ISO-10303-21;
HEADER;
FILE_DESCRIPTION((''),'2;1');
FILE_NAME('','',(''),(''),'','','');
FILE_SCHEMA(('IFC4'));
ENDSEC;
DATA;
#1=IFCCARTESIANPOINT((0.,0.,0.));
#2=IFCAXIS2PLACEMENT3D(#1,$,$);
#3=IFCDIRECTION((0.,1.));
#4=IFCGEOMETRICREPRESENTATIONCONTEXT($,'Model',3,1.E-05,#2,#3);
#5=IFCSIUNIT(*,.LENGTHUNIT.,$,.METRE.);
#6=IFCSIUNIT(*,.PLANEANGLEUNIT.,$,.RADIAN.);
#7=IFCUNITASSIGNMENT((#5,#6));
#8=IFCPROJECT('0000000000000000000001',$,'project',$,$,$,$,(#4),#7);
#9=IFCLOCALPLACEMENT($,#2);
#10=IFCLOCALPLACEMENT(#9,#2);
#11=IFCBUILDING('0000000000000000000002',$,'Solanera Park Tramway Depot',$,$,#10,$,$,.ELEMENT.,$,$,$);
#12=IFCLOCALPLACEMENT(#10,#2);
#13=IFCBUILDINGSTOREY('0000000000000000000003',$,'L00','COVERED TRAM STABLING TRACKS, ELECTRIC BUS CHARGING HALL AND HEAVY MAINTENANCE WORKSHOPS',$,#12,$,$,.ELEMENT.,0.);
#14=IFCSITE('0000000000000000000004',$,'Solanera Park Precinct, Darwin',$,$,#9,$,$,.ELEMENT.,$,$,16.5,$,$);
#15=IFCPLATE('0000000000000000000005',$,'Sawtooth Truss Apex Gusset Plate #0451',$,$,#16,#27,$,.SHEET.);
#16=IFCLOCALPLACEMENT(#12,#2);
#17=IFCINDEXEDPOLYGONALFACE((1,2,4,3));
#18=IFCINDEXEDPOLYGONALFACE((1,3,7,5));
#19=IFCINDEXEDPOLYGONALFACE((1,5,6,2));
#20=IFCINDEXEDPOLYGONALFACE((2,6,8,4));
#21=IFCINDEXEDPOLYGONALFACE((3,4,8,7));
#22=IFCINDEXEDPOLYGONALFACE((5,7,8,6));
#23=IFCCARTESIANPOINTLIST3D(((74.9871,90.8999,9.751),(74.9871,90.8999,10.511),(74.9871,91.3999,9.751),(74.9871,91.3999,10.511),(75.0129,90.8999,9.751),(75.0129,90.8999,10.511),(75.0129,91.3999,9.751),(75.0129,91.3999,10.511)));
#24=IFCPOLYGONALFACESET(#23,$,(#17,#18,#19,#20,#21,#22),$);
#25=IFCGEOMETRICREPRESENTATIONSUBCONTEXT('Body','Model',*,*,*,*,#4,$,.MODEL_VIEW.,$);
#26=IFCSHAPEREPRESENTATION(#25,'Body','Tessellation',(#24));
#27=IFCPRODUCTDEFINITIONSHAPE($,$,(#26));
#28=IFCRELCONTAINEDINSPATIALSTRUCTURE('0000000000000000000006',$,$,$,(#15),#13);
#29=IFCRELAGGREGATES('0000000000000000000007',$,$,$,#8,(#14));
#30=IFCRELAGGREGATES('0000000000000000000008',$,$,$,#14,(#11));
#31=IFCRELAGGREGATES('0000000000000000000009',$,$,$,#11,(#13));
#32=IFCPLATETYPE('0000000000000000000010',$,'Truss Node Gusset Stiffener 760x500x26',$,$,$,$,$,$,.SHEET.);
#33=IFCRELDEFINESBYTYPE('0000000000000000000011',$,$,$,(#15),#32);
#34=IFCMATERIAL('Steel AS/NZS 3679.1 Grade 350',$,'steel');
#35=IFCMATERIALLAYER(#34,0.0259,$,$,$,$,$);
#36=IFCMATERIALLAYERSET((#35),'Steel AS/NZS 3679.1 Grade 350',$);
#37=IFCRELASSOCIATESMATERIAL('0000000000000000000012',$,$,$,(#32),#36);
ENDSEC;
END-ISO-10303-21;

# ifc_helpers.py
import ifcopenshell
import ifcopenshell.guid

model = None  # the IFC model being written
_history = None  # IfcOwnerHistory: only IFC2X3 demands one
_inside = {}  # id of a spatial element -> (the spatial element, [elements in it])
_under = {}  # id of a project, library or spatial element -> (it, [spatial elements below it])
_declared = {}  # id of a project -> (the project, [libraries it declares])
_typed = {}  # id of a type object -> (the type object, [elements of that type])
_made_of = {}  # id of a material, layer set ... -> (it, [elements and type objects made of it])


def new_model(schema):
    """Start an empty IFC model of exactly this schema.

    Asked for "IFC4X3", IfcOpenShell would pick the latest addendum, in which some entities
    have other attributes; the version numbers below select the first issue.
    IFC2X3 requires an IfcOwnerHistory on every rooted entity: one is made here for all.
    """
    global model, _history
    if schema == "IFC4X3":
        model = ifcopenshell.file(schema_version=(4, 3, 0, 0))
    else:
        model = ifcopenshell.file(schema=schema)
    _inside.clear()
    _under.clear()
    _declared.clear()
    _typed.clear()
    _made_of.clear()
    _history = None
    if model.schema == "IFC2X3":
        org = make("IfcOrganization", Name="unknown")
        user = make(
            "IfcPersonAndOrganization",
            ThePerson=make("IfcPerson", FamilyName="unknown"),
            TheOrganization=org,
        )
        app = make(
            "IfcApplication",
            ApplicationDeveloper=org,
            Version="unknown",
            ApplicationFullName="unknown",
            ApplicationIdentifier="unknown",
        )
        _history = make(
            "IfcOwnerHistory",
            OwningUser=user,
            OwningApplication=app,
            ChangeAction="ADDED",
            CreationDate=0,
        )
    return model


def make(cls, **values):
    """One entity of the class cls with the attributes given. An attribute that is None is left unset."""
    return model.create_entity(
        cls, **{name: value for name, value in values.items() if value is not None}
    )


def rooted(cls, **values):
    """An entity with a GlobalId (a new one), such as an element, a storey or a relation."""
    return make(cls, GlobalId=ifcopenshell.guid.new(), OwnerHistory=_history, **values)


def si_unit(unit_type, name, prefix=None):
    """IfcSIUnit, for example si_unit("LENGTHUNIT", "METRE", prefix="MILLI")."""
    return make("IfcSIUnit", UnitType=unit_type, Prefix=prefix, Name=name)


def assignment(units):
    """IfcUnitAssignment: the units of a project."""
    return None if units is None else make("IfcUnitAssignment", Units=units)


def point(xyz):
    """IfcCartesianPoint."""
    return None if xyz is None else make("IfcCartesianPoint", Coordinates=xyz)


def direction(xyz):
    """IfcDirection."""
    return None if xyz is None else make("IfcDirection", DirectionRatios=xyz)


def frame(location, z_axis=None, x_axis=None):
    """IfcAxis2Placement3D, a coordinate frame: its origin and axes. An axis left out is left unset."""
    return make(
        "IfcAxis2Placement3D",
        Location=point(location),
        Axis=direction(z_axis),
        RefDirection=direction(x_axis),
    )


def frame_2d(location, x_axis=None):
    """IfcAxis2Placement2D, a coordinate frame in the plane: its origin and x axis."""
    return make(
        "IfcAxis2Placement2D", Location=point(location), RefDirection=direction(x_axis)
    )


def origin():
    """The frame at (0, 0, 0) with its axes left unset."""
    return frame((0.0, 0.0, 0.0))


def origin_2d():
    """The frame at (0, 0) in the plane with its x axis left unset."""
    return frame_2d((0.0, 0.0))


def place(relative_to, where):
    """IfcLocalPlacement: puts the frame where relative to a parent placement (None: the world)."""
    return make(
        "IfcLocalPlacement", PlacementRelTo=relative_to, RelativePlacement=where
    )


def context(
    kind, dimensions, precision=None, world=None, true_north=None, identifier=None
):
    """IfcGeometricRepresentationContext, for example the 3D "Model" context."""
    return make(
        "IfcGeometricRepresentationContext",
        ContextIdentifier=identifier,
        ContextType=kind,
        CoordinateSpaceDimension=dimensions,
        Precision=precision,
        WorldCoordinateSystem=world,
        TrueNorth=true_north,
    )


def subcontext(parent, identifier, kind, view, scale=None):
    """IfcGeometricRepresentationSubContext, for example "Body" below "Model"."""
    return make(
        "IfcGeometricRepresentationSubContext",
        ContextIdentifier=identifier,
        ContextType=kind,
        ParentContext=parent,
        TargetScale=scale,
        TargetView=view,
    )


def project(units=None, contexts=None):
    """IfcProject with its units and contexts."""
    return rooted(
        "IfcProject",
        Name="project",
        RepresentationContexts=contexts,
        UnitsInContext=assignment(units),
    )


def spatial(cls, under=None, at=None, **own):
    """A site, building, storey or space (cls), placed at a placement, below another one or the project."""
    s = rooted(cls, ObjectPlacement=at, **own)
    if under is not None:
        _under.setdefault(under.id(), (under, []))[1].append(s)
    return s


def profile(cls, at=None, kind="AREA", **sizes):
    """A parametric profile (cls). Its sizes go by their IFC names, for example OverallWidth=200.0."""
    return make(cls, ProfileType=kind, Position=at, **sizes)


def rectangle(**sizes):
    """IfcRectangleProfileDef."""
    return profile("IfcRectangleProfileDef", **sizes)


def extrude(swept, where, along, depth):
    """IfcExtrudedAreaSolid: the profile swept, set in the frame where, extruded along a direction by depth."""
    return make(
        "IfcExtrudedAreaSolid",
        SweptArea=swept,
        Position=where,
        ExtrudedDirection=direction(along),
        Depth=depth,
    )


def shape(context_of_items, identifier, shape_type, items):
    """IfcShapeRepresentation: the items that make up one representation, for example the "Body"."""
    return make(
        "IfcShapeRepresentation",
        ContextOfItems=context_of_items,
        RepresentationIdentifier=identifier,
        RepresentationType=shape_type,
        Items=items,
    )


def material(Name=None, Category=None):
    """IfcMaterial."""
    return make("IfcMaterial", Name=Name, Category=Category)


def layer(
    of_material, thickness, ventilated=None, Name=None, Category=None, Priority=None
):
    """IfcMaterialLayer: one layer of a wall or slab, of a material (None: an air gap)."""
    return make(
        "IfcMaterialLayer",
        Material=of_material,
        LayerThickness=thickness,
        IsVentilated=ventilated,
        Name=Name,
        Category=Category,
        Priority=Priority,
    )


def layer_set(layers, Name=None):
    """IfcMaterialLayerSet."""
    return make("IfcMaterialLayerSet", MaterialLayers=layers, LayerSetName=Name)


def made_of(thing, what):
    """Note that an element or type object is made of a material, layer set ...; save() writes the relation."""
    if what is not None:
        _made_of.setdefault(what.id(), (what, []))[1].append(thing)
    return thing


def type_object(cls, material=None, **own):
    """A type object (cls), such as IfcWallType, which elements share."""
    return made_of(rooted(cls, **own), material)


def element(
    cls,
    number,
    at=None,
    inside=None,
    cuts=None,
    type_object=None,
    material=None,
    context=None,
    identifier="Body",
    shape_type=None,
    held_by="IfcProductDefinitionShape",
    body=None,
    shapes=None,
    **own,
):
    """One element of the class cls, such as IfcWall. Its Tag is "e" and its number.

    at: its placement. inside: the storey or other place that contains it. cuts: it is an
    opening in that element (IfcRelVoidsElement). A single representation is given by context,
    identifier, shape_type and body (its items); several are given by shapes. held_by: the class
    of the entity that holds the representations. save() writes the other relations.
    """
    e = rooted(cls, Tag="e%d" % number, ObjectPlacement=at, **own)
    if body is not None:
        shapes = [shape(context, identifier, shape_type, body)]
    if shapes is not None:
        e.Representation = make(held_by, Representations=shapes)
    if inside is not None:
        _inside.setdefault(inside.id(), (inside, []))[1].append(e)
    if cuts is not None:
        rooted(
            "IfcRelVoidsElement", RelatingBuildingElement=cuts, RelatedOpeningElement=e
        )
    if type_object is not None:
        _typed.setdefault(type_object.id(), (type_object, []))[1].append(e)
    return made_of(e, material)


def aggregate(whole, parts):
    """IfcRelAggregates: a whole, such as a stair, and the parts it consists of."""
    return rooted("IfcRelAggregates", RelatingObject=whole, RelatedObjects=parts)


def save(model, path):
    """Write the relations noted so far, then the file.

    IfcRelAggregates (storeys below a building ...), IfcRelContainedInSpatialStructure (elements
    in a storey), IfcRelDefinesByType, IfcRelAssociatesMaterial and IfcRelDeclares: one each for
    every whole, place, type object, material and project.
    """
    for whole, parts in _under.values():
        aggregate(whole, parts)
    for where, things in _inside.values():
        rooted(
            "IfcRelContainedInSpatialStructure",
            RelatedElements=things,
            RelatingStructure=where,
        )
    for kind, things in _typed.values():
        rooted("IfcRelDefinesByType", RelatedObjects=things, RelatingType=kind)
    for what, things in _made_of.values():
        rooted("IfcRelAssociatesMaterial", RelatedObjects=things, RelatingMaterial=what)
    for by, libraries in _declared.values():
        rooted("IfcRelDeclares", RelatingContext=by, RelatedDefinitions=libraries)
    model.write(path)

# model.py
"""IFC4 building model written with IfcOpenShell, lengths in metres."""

from ifc_helpers import new_model, si_unit, direction, frame, origin, origin_2d, place, context, subcontext, project, spatial, rectangle, extrude, material, layer, layer_set, type_object, element, save


model = new_model("IFC4")

# Units and contexts
model_context = context("Model", 3, precision=1e-05, world=origin(), true_north=direction((0.0, 1.0)))
body_context = subcontext(model_context, "Body", "Model", "MODEL_VIEW")
ifc_project = project(units=[si_unit("LENGTHUNIT", "METRE"), si_unit("PLANEANGLEUNIT", "RADIAN")], contexts=[model_context])

# Site, building, storey
site_placement = place(None, origin())
site = spatial("IfcSite", under=ifc_project, at=site_placement, Name="Solanera Park Precinct, Darwin", CompositionType="ELEMENT", RefElevation=16.5)
building_placement = place(site_placement, origin())
building = spatial("IfcBuilding", under=site, at=building_placement, Name="Solanera Park Tramway Depot", CompositionType="ELEMENT")
storey_placement = place(building_placement, origin())
storey = spatial("IfcBuildingStorey", under=building, at=storey_placement, Name="L00", Description="COVERED TRAM STABLING TRACKS, ELECTRIC BUS CHARGING HALL AND HEAVY MAINTENANCE WORKSHOPS", CompositionType="ELEMENT", Elevation=0.0)

# Plate
ifc_material_1 = material(Name="Steel AS/NZS 3679.1 Grade 350", Category="steel")
ifc_layer_1 = layer(ifc_material_1, 0.0259)
ifc_layer_set_1 = layer_set([ifc_layer_1], Name="Steel AS/NZS 3679.1 Grade 350")
plate_type_1 = type_object("IfcPlateType", Name="Truss Node Gusset Stiffener 760x500x26", PredefinedType="SHEET", material=ifc_layer_set_1)
plate_1_placement = place(storey_placement, frame((75.0, 91.1499, 9.751), z_axis=(0.0, 0.0, 1.0), x_axis=(1.0, 0.0, 0.0)))
element("IfcPlate", 1, at=plate_1_placement, inside=storey, type_object=plate_type_1, Name="Sawtooth Truss Apex Gusset Plate #0451", PredefinedType="SHEET", context=body_context, shape_type="SweptSolid", body=[
    extrude(rectangle(XDim=0.0259, YDim=0.5, at=origin_2d()), origin(), (0.0, 0.0, 1.0), 0.76),
])

save(model, "model.ifc")
